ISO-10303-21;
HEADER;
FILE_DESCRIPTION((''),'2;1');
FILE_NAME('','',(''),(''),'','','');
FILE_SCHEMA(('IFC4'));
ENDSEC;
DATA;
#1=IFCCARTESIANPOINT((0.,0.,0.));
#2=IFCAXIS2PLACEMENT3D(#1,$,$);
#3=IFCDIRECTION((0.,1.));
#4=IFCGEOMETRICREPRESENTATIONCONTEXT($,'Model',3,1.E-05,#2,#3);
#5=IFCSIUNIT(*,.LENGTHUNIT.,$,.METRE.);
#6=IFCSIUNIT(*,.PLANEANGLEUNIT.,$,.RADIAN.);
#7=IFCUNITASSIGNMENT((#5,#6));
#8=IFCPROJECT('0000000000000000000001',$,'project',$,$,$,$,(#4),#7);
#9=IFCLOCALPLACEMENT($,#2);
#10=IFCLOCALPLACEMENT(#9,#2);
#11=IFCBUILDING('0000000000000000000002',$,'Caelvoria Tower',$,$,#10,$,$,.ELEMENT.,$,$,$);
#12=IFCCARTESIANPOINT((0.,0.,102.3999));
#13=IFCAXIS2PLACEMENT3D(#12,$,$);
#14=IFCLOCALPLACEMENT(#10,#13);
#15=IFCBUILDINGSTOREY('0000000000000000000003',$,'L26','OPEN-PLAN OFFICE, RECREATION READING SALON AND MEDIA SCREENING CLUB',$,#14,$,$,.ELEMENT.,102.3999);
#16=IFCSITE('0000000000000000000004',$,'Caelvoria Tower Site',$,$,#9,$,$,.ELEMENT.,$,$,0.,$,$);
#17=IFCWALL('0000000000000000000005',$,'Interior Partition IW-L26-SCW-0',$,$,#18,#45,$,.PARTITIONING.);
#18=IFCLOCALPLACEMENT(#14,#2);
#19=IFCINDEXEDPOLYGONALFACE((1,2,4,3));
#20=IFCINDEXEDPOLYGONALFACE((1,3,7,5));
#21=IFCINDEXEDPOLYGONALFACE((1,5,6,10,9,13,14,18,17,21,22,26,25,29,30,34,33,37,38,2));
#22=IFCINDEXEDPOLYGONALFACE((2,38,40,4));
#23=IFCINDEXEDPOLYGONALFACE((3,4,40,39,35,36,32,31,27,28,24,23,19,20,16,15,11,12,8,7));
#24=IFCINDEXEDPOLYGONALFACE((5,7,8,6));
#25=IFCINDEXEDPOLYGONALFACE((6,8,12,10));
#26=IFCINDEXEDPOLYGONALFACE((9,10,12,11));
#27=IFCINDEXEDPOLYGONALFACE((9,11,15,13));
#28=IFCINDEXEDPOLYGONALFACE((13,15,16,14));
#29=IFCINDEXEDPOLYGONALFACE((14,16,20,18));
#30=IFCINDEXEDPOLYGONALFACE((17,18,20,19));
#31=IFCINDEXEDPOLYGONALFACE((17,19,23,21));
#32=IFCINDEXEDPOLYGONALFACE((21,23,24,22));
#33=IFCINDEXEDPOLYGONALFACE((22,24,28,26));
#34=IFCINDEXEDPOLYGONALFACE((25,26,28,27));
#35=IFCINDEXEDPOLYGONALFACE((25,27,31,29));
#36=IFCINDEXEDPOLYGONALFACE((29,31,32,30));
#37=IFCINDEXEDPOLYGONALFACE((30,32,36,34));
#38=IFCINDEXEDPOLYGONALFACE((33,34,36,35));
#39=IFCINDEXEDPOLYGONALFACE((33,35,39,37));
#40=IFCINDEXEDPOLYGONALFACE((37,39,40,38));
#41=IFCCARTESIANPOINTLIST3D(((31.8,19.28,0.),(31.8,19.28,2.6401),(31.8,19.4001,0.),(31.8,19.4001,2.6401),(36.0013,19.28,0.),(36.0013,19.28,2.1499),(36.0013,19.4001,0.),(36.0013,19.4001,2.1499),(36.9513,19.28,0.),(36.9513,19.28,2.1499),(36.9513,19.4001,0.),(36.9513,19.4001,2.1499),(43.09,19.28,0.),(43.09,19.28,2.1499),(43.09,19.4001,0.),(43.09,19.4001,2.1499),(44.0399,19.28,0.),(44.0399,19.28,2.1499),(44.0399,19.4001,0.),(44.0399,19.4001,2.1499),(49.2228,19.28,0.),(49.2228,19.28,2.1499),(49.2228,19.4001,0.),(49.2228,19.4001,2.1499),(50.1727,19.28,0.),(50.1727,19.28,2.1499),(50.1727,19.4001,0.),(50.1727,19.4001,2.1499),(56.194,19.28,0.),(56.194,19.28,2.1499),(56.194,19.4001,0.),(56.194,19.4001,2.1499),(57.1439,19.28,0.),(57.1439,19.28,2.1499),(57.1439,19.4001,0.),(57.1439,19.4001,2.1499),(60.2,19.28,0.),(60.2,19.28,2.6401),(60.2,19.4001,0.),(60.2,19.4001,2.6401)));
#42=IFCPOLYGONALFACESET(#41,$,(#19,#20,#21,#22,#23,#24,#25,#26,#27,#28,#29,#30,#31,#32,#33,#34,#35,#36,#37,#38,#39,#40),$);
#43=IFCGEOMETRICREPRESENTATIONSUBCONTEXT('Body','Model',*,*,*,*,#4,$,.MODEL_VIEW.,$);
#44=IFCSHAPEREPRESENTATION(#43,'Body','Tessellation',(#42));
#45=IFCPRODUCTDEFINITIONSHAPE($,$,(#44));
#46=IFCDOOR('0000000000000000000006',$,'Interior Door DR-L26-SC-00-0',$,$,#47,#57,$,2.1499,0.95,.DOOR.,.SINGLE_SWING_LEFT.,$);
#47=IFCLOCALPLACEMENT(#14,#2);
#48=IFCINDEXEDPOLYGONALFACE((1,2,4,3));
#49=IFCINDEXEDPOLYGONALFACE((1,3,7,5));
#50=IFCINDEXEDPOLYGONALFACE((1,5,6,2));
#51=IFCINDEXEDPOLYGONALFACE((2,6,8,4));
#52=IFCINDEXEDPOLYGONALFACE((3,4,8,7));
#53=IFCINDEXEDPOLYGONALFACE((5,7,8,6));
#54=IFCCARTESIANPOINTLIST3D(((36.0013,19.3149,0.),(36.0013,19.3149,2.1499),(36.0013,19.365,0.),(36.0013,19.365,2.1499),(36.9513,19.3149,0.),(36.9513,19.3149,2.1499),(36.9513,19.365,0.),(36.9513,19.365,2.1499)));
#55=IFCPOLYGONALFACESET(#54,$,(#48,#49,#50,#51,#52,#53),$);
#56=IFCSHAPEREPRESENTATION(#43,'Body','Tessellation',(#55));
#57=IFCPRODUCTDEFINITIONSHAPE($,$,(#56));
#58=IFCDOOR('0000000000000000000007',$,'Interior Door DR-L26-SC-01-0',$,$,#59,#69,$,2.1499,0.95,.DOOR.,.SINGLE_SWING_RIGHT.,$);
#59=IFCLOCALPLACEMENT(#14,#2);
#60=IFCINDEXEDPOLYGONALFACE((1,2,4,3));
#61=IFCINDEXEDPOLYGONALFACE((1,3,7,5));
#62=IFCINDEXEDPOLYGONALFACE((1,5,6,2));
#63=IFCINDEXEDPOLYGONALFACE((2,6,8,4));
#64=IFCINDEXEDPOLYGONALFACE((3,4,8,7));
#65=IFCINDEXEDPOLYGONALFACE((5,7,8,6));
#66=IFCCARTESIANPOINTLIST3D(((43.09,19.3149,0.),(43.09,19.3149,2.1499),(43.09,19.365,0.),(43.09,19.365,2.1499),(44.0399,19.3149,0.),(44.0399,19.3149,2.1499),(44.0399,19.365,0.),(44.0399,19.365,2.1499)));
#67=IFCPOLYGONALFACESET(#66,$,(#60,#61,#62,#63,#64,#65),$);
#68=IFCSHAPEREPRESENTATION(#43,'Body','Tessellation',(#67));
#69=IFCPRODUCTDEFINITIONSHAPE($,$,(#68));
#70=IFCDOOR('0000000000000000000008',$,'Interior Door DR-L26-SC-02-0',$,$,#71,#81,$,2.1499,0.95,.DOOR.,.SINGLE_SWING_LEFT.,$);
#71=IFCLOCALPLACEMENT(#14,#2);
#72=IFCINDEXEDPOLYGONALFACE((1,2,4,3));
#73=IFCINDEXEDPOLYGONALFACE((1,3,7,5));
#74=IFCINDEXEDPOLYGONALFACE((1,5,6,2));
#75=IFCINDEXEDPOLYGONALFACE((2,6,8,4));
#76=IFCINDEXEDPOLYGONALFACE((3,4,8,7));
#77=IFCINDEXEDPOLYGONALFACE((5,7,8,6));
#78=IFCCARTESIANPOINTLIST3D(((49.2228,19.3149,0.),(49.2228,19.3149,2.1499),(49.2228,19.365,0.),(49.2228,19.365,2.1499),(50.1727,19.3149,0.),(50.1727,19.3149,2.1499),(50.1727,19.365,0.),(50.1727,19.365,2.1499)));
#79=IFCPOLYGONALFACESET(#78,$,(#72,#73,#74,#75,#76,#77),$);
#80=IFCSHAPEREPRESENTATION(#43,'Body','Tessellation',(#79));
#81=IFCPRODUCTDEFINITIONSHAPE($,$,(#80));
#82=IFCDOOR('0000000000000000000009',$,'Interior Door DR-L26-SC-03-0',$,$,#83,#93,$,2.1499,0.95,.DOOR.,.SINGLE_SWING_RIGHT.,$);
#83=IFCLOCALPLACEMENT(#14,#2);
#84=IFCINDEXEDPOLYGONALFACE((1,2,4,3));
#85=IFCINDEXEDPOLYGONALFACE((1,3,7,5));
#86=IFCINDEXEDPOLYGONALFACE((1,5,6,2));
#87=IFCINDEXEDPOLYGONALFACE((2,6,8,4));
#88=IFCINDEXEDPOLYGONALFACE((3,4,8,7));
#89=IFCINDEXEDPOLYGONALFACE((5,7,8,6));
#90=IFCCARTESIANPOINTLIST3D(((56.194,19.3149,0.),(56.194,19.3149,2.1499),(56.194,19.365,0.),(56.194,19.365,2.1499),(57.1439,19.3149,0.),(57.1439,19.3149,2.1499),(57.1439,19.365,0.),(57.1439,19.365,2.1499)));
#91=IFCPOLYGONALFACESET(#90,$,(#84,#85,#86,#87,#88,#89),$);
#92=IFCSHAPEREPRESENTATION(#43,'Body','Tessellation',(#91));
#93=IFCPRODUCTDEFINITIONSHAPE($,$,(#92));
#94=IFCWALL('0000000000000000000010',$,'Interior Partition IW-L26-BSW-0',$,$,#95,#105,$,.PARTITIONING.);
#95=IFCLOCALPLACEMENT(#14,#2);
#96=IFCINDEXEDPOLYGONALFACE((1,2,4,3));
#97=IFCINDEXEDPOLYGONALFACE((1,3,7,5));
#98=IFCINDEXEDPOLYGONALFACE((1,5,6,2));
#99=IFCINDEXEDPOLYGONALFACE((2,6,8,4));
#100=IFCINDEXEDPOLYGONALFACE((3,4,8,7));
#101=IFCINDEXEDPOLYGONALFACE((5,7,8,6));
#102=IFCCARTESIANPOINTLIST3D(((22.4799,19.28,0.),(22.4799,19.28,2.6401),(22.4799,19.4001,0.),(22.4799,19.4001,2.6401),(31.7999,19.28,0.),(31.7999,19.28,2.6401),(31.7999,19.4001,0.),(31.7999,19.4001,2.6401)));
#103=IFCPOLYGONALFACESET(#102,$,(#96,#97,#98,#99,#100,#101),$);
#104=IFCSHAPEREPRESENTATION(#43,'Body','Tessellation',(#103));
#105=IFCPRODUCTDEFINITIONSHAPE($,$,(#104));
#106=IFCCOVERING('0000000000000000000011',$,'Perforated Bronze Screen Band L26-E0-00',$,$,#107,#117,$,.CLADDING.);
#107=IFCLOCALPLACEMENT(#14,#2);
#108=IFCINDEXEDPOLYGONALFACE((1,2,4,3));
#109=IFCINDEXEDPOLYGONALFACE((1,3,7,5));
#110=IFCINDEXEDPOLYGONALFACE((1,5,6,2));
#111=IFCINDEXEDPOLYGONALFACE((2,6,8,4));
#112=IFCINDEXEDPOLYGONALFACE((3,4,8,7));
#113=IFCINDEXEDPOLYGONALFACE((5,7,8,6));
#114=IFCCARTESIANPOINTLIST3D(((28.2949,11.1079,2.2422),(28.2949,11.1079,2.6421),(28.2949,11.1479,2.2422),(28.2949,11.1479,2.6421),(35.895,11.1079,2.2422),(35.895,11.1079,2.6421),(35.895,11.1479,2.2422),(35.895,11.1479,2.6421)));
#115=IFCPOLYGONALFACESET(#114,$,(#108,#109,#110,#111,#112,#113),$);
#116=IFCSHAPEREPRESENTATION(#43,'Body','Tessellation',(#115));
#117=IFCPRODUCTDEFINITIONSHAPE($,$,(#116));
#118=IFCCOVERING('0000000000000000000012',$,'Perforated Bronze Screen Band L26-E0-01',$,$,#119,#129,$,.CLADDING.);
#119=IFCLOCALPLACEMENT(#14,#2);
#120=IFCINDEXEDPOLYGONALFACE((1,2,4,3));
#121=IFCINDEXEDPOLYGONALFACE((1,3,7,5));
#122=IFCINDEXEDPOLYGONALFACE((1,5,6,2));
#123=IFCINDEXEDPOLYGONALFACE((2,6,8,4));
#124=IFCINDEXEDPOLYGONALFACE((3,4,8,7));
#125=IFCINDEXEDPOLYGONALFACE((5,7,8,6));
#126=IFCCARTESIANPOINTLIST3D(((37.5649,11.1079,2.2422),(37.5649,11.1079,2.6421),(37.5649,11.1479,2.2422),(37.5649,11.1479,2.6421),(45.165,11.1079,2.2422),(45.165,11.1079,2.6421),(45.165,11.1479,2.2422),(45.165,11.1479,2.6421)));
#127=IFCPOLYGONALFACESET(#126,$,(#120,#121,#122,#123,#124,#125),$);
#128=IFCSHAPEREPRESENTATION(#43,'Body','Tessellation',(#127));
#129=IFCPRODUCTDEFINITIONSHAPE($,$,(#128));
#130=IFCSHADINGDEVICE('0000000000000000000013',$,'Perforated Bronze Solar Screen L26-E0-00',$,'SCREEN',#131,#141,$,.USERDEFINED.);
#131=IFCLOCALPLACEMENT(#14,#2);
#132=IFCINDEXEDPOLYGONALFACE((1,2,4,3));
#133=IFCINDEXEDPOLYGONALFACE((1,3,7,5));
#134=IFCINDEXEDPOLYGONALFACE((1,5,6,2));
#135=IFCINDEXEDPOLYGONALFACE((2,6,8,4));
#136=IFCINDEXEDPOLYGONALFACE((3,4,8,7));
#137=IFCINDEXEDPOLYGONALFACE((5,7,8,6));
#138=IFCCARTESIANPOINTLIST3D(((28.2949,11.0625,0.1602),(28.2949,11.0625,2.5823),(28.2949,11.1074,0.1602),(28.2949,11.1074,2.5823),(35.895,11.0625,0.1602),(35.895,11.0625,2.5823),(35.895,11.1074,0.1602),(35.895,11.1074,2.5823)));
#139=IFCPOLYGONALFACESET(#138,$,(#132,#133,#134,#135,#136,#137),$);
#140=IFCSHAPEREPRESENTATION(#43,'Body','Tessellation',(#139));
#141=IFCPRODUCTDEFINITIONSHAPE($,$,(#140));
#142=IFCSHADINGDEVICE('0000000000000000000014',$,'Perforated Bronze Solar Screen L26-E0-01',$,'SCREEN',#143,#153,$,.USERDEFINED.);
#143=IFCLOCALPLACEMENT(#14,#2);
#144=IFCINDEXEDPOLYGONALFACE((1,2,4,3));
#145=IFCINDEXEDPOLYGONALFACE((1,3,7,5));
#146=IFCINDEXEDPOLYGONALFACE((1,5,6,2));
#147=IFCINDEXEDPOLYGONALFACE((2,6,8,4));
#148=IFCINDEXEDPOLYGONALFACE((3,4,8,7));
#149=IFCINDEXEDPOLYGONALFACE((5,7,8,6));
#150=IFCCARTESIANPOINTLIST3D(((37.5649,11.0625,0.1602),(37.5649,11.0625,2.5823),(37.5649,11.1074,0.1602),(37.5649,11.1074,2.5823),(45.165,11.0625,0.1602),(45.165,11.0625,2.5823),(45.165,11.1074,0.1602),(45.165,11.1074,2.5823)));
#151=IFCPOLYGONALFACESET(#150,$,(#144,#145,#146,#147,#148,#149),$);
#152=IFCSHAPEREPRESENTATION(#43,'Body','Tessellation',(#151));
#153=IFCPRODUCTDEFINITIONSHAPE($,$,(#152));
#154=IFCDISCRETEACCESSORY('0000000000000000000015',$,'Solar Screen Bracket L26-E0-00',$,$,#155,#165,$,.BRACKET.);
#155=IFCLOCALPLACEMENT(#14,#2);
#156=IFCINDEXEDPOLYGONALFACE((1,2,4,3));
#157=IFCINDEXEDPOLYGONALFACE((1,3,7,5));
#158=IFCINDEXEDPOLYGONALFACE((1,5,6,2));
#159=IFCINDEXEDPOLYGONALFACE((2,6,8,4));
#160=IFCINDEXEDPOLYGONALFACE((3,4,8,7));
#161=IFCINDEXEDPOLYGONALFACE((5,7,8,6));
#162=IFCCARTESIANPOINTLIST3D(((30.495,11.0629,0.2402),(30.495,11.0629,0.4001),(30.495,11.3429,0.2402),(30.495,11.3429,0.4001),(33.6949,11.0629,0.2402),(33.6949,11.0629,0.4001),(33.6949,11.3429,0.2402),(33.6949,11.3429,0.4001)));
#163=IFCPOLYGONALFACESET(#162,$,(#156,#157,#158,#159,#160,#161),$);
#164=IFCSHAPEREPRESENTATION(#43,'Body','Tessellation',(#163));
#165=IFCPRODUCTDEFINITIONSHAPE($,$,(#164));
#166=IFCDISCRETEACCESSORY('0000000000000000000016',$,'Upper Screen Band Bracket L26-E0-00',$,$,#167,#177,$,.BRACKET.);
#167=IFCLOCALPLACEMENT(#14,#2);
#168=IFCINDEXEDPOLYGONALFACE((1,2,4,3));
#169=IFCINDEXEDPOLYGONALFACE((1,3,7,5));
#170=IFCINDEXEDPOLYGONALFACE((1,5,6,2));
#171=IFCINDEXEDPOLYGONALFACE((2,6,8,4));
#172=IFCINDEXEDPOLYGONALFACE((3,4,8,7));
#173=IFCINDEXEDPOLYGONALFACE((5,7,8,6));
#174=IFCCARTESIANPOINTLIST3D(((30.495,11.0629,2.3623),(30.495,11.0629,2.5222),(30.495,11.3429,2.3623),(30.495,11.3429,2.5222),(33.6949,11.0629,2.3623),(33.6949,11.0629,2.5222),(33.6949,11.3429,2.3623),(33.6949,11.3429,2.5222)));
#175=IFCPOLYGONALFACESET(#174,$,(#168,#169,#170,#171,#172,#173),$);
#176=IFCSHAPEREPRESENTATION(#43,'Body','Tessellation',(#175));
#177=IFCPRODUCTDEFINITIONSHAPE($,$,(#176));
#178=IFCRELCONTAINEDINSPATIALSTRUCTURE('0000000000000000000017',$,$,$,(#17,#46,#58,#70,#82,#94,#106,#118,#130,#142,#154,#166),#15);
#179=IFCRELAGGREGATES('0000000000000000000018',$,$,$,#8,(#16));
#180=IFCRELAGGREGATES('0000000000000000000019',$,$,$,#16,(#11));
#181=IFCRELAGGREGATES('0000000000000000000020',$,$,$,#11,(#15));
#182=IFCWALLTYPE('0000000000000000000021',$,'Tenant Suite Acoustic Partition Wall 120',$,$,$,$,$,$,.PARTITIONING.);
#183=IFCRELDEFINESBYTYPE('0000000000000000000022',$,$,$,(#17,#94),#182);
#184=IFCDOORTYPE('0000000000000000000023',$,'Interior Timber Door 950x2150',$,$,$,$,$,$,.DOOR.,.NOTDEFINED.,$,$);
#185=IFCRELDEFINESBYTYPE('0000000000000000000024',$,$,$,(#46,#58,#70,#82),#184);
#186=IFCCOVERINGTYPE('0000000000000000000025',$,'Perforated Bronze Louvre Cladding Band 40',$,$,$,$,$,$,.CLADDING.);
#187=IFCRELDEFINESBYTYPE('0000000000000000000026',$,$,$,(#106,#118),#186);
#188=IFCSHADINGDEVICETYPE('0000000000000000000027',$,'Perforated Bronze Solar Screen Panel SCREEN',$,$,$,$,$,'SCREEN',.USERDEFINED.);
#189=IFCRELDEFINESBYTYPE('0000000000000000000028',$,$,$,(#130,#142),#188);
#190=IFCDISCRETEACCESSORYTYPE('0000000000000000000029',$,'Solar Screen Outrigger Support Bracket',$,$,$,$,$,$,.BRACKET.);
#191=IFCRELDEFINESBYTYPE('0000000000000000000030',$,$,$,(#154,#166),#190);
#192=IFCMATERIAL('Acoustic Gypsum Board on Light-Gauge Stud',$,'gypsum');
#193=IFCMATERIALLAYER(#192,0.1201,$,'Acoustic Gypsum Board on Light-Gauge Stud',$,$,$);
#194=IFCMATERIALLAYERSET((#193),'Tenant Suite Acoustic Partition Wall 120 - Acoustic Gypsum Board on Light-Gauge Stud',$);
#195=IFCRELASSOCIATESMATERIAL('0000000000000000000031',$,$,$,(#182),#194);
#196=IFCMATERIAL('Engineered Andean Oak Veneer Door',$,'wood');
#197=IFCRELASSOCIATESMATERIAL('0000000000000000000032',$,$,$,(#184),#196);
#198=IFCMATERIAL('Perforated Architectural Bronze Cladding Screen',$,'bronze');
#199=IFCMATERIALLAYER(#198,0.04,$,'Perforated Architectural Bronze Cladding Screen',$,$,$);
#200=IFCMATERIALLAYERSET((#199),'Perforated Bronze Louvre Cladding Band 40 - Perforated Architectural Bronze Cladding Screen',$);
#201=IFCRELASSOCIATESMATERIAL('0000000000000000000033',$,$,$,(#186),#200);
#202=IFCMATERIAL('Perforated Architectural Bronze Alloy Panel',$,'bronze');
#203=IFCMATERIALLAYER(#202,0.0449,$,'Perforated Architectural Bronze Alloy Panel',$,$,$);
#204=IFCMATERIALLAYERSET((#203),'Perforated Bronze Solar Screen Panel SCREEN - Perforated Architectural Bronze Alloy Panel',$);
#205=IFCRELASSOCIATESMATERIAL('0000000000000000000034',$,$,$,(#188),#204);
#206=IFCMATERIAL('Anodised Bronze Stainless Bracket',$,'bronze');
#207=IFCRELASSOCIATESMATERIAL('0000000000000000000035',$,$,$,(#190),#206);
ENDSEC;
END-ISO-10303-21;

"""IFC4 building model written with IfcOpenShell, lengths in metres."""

from ifc_helpers import new_model, si_unit, direction, frame, frame_2d, origin, origin_2d, place, context, subcontext, project, spatial, rectangle, extrude, material, layer, layer_set, type_object, element, fill, save


model = new_model("IFC4")

# Units and contexts
model_context = context("Model", 3, precision=1e-05, world=origin(), true_north=direction((0.0, 1.0)))
body_context = subcontext(model_context, "Body", "Model", "MODEL_VIEW")
ifc_project = project(units=[si_unit("LENGTHUNIT", "METRE"), si_unit("PLANEANGLEUNIT", "RADIAN")], contexts=[model_context])

# Site, building, storey
site_placement = place(None, origin())
site = spatial("IfcSite", under=ifc_project, at=site_placement, Name="Caelvoria Tower Site", CompositionType="ELEMENT", RefElevation=0.0)
building_placement = place(site_placement, origin())
building = spatial("IfcBuilding", under=site, at=building_placement, Name="Caelvoria Tower", CompositionType="ELEMENT")
storey_placement = place(building_placement, frame((0.0, 0.0, 102.3999)))
storey = spatial("IfcBuildingStorey", under=building, at=storey_placement, Name="L26", Description="OPEN-PLAN OFFICE, RECREATION READING SALON AND MEDIA SCREENING CLUB", CompositionType="ELEMENT", Elevation=102.3999)

# Wall, openings, doors
ifc_material_1 = material(Name="Acoustic Gypsum Board on Light-Gauge Stud", Category="gypsum")
ifc_layer_1 = layer(ifc_material_1, 0.1201, Name="Acoustic Gypsum Board on Light-Gauge Stud")
ifc_layer_set_1 = layer_set([ifc_layer_1], Name="Tenant Suite Acoustic Partition Wall 120 - Acoustic Gypsum Board on Light-Gauge Stud")
wall_type = type_object("IfcWallType", Name="Tenant Suite Acoustic Partition Wall 120", PredefinedType="PARTITIONING", material=ifc_layer_set_1)
wall_1_placement = place(storey_placement, frame((31.8, 19.3401, 0.0), z_axis=(0.0, 0.0, 1.0), x_axis=(1.0, 0.0, 0.0)))
wall_1 = element("IfcWall", 1, at=wall_1_placement, inside=storey, type_object=wall_type, Name="Interior Partition IW-L26-SCW-0", PredefinedType="PARTITIONING", context=body_context, shape_type="SweptSolid", body=[
    extrude(rectangle(XDim=28.3999, YDim=0.1201, at=frame_2d((14.2, 0.0))), origin(), (0.0, 0.0, 1.0), 2.6401),
])
opening_1_placement = place(wall_1_placement, frame((4.2012, 0.0, 0.0)))
opening_1 = element("IfcOpeningElement", 2, at=opening_1_placement, cuts=wall_1, PredefinedType="OPENING", context=body_context, shape_type="SweptSolid", body=[
    extrude(rectangle(XDim=0.95, YDim=2.1499, at=frame_2d((0.4751, 1.075))), frame((0.0, 0.0701, 0.0), z_axis=(0.0, -1.0, 0.0), x_axis=(1.0, 0.0, 0.0)), (0.0, 0.0, 1.0), 0.1401),
])
opening_2_placement = place(wall_1_placement, frame((11.2898, 0.0, 0.0)))
opening_2 = element("IfcOpeningElement", 3, at=opening_2_placement, cuts=wall_1, PredefinedType="OPENING", context=body_context, shape_type="SweptSolid", body=[
    extrude(rectangle(XDim=0.95, YDim=2.1499, at=frame_2d((0.4751, 1.075))), frame((0.0, 0.0701, 0.0), z_axis=(0.0, -1.0, 0.0), x_axis=(1.0, 0.0, 0.0)), (0.0, 0.0, 1.0), 0.1401),
])
opening_3_placement = place(wall_1_placement, frame((17.4226, 0.0, 0.0)))
opening_3 = element("IfcOpeningElement", 4, at=opening_3_placement, cuts=wall_1, PredefinedType="OPENING", context=body_context, shape_type="SweptSolid", body=[
    extrude(rectangle(XDim=0.95, YDim=2.1499, at=frame_2d((0.4751, 1.075))), frame((0.0, 0.0701, 0.0), z_axis=(0.0, -1.0, 0.0), x_axis=(1.0, 0.0, 0.0)), (0.0, 0.0, 1.0), 0.1401),
])
opening_4_placement = place(wall_1_placement, frame((24.3938, 0.0, 0.0)))
opening_4 = element("IfcOpeningElement", 5, at=opening_4_placement, cuts=wall_1, PredefinedType="OPENING", context=body_context, shape_type="SweptSolid", body=[
    extrude(rectangle(XDim=0.95, YDim=2.1499, at=frame_2d((0.4751, 1.075))), frame((0.0, 0.0701, 0.0), z_axis=(0.0, -1.0, 0.0), x_axis=(1.0, 0.0, 0.0)), (0.0, 0.0, 1.0), 0.1401),
])
ifc_material_2 = material(Name="Engineered Andean Oak Veneer Door", Category="wood")
door_type = type_object("IfcDoorType", Name="Interior Timber Door 950x2150", OperationType="NOTDEFINED", PredefinedType="DOOR", material=ifc_material_2)
door_1_placement = place(opening_1_placement, origin())
door_1 = element("IfcDoor", 6, at=door_1_placement, inside=storey, type_object=door_type, Name="Interior Door DR-L26-SC-00-0", OperationType="SINGLE_SWING_LEFT", OverallHeight=2.1499, OverallWidth=0.95, PredefinedType="DOOR", context=body_context, shape_type="SweptSolid", body=[
    extrude(rectangle(XDim=0.95, YDim=2.1499, at=frame_2d((0.4751, 1.075))), frame((0.0, 0.0249, 0.0), z_axis=(0.0, -1.0, 0.0), x_axis=(1.0, 0.0, 0.0)), (0.0, 0.0, 1.0), 0.05),
])
fill(opening_1, door_1)
door_2_placement = place(opening_2_placement, origin())
door_2 = element("IfcDoor", 7, at=door_2_placement, inside=storey, type_object=door_type, Name="Interior Door DR-L26-SC-01-0", OperationType="SINGLE_SWING_RIGHT", OverallHeight=2.1499, OverallWidth=0.95, PredefinedType="DOOR", context=body_context, shape_type="SweptSolid", body=[
    extrude(rectangle(XDim=0.95, YDim=2.1499, at=frame_2d((0.4751, 1.075))), frame((0.0, 0.0249, 0.0), z_axis=(0.0, -1.0, 0.0), x_axis=(1.0, 0.0, 0.0)), (0.0, 0.0, 1.0), 0.05),
])
fill(opening_2, door_2)
door_3_placement = place(opening_3_placement, origin())
door_3 = element("IfcDoor", 8, at=door_3_placement, inside=storey, type_object=door_type, Name="Interior Door DR-L26-SC-02-0", OperationType="SINGLE_SWING_LEFT", OverallHeight=2.1499, OverallWidth=0.95, PredefinedType="DOOR", context=body_context, shape_type="SweptSolid", body=[
    extrude(rectangle(XDim=0.95, YDim=2.1499, at=frame_2d((0.4751, 1.075))), frame((0.0, 0.0249, 0.0), z_axis=(0.0, -1.0, 0.0), x_axis=(1.0, 0.0, 0.0)), (0.0, 0.0, 1.0), 0.05),
])
fill(opening_3, door_3)
door_4_placement = place(opening_4_placement, origin())
door_4 = element("IfcDoor", 9, at=door_4_placement, inside=storey, type_object=door_type, Name="Interior Door DR-L26-SC-03-0", OperationType="SINGLE_SWING_RIGHT", OverallHeight=2.1499, OverallWidth=0.95, PredefinedType="DOOR", context=body_context, shape_type="SweptSolid", body=[
    extrude(rectangle(XDim=0.95, YDim=2.1499, at=frame_2d((0.4751, 1.075))), frame((0.0, 0.0249, 0.0), z_axis=(0.0, -1.0, 0.0), x_axis=(1.0, 0.0, 0.0)), (0.0, 0.0, 1.0), 0.05),
])
fill(opening_4, door_4)

# Wall
wall_2_placement = place(storey_placement, frame((31.8, 19.3401, 0.0), z_axis=(0.0, 0.0, 1.0), x_axis=(-1.0, 0.0, 0.0)))
element("IfcWall", 10, at=wall_2_placement, inside=storey, type_object=wall_type, Name="Interior Partition IW-L26-BSW-0", PredefinedType="PARTITIONING", context=body_context, shape_type="SweptSolid", body=[
    extrude(rectangle(XDim=9.3201, YDim=0.1201, at=frame_2d((4.6602, 0.0))), origin(), (0.0, 0.0, 1.0), 2.6401),
])

# Coverings
ifc_material_3 = material(Name="Perforated Architectural Bronze Cladding Screen", Category="bronze")
ifc_layer_2 = layer(ifc_material_3, 0.04, Name="Perforated Architectural Bronze Cladding Screen")
ifc_layer_set_2 = layer_set([ifc_layer_2], Name="Perforated Bronze Louvre Cladding Band 40 - Perforated Architectural Bronze Cladding Screen")
covering_type = type_object("IfcCoveringType", Name="Perforated Bronze Louvre Cladding Band 40", PredefinedType="CLADDING", material=ifc_layer_set_2)
for number, where, z_axis, x_axis, name in (
    (11, (32.095, 11.1279, 2.2422), (0.0, 0.0, 1.0), (1.0, 0.0, 0.0), "Perforated Bronze Screen Band L26-E0-00"),
    (12, (41.365, 11.1279, 2.2422), (0.0, 0.0, 1.0), (1.0, 0.0, 0.0), "Perforated Bronze Screen Band L26-E0-01"),
):
    element("IfcCovering", number, at=place(storey_placement, frame(where, z_axis=z_axis, x_axis=x_axis)), inside=storey, type_object=covering_type, Name=name, PredefinedType="CLADDING", context=body_context, shape_type="SweptSolid", body=[
        extrude(rectangle(XDim=7.6001, YDim=0.04, at=origin_2d()), origin(), (0.0, 0.0, 1.0), 0.3999),
    ])

# Shading devices
ifc_material_4 = material(Name="Perforated Architectural Bronze Alloy Panel", Category="bronze")
ifc_layer_3 = layer(ifc_material_4, 0.0449, Name="Perforated Architectural Bronze Alloy Panel")
ifc_layer_set_3 = layer_set([ifc_layer_3], Name="Perforated Bronze Solar Screen Panel SCREEN - Perforated Architectural Bronze Alloy Panel")
shading_device_type = type_object("IfcShadingDeviceType", Name="Perforated Bronze Solar Screen Panel SCREEN", ElementType="SCREEN", PredefinedType="USERDEFINED", material=ifc_layer_set_3)
for number, where, z_axis, x_axis, name in (
    (13, (32.095, 11.085, 0.1602), (0.0, 0.0, 1.0), (1.0, 0.0, 0.0), "Perforated Bronze Solar Screen L26-E0-00"),
    (14, (41.365, 11.085, 0.1602), (0.0, 0.0, 1.0), (1.0, 0.0, 0.0), "Perforated Bronze Solar Screen L26-E0-01"),
):
    element("IfcShadingDevice", number, at=place(storey_placement, frame(where, z_axis=z_axis, x_axis=x_axis)), inside=storey, type_object=shading_device_type, Name=name, ObjectType="SCREEN", PredefinedType="USERDEFINED", context=body_context, shape_type="SweptSolid", body=[
        extrude(rectangle(XDim=7.6001, YDim=0.0449, at=origin_2d()), origin(), (0.0, 0.0, 1.0), 2.4221),
    ])

# Discrete accessories
ifc_material_5 = material(Name="Anodised Bronze Stainless Bracket", Category="bronze")
discrete_accessory_type = type_object("IfcDiscreteAccessoryType", Name="Solar Screen Outrigger Support Bracket", PredefinedType="BRACKET", material=ifc_material_5)
for number, where, z_axis, x_axis, name in (
    (15, (32.095, 11.2029, 0.2402), (0.0, 0.0, 1.0), (1.0, 0.0, 0.0), "Solar Screen Bracket L26-E0-00"),
    (16, (32.095, 11.2029, 2.3623), (0.0, 0.0, 1.0), (1.0, 0.0, 0.0), "Upper Screen Band Bracket L26-E0-00"),
):
    element("IfcDiscreteAccessory", number, at=place(storey_placement, frame(where, z_axis=z_axis, x_axis=x_axis)), inside=storey, type_object=discrete_accessory_type, Name=name, PredefinedType="BRACKET", context=body_context, shape_type="SweptSolid", body=[
        extrude(rectangle(XDim=3.2, YDim=0.28, at=origin_2d()), origin(), (0.0, 0.0, 1.0), 0.1599),
    ])

save(model, "model.ifc")
